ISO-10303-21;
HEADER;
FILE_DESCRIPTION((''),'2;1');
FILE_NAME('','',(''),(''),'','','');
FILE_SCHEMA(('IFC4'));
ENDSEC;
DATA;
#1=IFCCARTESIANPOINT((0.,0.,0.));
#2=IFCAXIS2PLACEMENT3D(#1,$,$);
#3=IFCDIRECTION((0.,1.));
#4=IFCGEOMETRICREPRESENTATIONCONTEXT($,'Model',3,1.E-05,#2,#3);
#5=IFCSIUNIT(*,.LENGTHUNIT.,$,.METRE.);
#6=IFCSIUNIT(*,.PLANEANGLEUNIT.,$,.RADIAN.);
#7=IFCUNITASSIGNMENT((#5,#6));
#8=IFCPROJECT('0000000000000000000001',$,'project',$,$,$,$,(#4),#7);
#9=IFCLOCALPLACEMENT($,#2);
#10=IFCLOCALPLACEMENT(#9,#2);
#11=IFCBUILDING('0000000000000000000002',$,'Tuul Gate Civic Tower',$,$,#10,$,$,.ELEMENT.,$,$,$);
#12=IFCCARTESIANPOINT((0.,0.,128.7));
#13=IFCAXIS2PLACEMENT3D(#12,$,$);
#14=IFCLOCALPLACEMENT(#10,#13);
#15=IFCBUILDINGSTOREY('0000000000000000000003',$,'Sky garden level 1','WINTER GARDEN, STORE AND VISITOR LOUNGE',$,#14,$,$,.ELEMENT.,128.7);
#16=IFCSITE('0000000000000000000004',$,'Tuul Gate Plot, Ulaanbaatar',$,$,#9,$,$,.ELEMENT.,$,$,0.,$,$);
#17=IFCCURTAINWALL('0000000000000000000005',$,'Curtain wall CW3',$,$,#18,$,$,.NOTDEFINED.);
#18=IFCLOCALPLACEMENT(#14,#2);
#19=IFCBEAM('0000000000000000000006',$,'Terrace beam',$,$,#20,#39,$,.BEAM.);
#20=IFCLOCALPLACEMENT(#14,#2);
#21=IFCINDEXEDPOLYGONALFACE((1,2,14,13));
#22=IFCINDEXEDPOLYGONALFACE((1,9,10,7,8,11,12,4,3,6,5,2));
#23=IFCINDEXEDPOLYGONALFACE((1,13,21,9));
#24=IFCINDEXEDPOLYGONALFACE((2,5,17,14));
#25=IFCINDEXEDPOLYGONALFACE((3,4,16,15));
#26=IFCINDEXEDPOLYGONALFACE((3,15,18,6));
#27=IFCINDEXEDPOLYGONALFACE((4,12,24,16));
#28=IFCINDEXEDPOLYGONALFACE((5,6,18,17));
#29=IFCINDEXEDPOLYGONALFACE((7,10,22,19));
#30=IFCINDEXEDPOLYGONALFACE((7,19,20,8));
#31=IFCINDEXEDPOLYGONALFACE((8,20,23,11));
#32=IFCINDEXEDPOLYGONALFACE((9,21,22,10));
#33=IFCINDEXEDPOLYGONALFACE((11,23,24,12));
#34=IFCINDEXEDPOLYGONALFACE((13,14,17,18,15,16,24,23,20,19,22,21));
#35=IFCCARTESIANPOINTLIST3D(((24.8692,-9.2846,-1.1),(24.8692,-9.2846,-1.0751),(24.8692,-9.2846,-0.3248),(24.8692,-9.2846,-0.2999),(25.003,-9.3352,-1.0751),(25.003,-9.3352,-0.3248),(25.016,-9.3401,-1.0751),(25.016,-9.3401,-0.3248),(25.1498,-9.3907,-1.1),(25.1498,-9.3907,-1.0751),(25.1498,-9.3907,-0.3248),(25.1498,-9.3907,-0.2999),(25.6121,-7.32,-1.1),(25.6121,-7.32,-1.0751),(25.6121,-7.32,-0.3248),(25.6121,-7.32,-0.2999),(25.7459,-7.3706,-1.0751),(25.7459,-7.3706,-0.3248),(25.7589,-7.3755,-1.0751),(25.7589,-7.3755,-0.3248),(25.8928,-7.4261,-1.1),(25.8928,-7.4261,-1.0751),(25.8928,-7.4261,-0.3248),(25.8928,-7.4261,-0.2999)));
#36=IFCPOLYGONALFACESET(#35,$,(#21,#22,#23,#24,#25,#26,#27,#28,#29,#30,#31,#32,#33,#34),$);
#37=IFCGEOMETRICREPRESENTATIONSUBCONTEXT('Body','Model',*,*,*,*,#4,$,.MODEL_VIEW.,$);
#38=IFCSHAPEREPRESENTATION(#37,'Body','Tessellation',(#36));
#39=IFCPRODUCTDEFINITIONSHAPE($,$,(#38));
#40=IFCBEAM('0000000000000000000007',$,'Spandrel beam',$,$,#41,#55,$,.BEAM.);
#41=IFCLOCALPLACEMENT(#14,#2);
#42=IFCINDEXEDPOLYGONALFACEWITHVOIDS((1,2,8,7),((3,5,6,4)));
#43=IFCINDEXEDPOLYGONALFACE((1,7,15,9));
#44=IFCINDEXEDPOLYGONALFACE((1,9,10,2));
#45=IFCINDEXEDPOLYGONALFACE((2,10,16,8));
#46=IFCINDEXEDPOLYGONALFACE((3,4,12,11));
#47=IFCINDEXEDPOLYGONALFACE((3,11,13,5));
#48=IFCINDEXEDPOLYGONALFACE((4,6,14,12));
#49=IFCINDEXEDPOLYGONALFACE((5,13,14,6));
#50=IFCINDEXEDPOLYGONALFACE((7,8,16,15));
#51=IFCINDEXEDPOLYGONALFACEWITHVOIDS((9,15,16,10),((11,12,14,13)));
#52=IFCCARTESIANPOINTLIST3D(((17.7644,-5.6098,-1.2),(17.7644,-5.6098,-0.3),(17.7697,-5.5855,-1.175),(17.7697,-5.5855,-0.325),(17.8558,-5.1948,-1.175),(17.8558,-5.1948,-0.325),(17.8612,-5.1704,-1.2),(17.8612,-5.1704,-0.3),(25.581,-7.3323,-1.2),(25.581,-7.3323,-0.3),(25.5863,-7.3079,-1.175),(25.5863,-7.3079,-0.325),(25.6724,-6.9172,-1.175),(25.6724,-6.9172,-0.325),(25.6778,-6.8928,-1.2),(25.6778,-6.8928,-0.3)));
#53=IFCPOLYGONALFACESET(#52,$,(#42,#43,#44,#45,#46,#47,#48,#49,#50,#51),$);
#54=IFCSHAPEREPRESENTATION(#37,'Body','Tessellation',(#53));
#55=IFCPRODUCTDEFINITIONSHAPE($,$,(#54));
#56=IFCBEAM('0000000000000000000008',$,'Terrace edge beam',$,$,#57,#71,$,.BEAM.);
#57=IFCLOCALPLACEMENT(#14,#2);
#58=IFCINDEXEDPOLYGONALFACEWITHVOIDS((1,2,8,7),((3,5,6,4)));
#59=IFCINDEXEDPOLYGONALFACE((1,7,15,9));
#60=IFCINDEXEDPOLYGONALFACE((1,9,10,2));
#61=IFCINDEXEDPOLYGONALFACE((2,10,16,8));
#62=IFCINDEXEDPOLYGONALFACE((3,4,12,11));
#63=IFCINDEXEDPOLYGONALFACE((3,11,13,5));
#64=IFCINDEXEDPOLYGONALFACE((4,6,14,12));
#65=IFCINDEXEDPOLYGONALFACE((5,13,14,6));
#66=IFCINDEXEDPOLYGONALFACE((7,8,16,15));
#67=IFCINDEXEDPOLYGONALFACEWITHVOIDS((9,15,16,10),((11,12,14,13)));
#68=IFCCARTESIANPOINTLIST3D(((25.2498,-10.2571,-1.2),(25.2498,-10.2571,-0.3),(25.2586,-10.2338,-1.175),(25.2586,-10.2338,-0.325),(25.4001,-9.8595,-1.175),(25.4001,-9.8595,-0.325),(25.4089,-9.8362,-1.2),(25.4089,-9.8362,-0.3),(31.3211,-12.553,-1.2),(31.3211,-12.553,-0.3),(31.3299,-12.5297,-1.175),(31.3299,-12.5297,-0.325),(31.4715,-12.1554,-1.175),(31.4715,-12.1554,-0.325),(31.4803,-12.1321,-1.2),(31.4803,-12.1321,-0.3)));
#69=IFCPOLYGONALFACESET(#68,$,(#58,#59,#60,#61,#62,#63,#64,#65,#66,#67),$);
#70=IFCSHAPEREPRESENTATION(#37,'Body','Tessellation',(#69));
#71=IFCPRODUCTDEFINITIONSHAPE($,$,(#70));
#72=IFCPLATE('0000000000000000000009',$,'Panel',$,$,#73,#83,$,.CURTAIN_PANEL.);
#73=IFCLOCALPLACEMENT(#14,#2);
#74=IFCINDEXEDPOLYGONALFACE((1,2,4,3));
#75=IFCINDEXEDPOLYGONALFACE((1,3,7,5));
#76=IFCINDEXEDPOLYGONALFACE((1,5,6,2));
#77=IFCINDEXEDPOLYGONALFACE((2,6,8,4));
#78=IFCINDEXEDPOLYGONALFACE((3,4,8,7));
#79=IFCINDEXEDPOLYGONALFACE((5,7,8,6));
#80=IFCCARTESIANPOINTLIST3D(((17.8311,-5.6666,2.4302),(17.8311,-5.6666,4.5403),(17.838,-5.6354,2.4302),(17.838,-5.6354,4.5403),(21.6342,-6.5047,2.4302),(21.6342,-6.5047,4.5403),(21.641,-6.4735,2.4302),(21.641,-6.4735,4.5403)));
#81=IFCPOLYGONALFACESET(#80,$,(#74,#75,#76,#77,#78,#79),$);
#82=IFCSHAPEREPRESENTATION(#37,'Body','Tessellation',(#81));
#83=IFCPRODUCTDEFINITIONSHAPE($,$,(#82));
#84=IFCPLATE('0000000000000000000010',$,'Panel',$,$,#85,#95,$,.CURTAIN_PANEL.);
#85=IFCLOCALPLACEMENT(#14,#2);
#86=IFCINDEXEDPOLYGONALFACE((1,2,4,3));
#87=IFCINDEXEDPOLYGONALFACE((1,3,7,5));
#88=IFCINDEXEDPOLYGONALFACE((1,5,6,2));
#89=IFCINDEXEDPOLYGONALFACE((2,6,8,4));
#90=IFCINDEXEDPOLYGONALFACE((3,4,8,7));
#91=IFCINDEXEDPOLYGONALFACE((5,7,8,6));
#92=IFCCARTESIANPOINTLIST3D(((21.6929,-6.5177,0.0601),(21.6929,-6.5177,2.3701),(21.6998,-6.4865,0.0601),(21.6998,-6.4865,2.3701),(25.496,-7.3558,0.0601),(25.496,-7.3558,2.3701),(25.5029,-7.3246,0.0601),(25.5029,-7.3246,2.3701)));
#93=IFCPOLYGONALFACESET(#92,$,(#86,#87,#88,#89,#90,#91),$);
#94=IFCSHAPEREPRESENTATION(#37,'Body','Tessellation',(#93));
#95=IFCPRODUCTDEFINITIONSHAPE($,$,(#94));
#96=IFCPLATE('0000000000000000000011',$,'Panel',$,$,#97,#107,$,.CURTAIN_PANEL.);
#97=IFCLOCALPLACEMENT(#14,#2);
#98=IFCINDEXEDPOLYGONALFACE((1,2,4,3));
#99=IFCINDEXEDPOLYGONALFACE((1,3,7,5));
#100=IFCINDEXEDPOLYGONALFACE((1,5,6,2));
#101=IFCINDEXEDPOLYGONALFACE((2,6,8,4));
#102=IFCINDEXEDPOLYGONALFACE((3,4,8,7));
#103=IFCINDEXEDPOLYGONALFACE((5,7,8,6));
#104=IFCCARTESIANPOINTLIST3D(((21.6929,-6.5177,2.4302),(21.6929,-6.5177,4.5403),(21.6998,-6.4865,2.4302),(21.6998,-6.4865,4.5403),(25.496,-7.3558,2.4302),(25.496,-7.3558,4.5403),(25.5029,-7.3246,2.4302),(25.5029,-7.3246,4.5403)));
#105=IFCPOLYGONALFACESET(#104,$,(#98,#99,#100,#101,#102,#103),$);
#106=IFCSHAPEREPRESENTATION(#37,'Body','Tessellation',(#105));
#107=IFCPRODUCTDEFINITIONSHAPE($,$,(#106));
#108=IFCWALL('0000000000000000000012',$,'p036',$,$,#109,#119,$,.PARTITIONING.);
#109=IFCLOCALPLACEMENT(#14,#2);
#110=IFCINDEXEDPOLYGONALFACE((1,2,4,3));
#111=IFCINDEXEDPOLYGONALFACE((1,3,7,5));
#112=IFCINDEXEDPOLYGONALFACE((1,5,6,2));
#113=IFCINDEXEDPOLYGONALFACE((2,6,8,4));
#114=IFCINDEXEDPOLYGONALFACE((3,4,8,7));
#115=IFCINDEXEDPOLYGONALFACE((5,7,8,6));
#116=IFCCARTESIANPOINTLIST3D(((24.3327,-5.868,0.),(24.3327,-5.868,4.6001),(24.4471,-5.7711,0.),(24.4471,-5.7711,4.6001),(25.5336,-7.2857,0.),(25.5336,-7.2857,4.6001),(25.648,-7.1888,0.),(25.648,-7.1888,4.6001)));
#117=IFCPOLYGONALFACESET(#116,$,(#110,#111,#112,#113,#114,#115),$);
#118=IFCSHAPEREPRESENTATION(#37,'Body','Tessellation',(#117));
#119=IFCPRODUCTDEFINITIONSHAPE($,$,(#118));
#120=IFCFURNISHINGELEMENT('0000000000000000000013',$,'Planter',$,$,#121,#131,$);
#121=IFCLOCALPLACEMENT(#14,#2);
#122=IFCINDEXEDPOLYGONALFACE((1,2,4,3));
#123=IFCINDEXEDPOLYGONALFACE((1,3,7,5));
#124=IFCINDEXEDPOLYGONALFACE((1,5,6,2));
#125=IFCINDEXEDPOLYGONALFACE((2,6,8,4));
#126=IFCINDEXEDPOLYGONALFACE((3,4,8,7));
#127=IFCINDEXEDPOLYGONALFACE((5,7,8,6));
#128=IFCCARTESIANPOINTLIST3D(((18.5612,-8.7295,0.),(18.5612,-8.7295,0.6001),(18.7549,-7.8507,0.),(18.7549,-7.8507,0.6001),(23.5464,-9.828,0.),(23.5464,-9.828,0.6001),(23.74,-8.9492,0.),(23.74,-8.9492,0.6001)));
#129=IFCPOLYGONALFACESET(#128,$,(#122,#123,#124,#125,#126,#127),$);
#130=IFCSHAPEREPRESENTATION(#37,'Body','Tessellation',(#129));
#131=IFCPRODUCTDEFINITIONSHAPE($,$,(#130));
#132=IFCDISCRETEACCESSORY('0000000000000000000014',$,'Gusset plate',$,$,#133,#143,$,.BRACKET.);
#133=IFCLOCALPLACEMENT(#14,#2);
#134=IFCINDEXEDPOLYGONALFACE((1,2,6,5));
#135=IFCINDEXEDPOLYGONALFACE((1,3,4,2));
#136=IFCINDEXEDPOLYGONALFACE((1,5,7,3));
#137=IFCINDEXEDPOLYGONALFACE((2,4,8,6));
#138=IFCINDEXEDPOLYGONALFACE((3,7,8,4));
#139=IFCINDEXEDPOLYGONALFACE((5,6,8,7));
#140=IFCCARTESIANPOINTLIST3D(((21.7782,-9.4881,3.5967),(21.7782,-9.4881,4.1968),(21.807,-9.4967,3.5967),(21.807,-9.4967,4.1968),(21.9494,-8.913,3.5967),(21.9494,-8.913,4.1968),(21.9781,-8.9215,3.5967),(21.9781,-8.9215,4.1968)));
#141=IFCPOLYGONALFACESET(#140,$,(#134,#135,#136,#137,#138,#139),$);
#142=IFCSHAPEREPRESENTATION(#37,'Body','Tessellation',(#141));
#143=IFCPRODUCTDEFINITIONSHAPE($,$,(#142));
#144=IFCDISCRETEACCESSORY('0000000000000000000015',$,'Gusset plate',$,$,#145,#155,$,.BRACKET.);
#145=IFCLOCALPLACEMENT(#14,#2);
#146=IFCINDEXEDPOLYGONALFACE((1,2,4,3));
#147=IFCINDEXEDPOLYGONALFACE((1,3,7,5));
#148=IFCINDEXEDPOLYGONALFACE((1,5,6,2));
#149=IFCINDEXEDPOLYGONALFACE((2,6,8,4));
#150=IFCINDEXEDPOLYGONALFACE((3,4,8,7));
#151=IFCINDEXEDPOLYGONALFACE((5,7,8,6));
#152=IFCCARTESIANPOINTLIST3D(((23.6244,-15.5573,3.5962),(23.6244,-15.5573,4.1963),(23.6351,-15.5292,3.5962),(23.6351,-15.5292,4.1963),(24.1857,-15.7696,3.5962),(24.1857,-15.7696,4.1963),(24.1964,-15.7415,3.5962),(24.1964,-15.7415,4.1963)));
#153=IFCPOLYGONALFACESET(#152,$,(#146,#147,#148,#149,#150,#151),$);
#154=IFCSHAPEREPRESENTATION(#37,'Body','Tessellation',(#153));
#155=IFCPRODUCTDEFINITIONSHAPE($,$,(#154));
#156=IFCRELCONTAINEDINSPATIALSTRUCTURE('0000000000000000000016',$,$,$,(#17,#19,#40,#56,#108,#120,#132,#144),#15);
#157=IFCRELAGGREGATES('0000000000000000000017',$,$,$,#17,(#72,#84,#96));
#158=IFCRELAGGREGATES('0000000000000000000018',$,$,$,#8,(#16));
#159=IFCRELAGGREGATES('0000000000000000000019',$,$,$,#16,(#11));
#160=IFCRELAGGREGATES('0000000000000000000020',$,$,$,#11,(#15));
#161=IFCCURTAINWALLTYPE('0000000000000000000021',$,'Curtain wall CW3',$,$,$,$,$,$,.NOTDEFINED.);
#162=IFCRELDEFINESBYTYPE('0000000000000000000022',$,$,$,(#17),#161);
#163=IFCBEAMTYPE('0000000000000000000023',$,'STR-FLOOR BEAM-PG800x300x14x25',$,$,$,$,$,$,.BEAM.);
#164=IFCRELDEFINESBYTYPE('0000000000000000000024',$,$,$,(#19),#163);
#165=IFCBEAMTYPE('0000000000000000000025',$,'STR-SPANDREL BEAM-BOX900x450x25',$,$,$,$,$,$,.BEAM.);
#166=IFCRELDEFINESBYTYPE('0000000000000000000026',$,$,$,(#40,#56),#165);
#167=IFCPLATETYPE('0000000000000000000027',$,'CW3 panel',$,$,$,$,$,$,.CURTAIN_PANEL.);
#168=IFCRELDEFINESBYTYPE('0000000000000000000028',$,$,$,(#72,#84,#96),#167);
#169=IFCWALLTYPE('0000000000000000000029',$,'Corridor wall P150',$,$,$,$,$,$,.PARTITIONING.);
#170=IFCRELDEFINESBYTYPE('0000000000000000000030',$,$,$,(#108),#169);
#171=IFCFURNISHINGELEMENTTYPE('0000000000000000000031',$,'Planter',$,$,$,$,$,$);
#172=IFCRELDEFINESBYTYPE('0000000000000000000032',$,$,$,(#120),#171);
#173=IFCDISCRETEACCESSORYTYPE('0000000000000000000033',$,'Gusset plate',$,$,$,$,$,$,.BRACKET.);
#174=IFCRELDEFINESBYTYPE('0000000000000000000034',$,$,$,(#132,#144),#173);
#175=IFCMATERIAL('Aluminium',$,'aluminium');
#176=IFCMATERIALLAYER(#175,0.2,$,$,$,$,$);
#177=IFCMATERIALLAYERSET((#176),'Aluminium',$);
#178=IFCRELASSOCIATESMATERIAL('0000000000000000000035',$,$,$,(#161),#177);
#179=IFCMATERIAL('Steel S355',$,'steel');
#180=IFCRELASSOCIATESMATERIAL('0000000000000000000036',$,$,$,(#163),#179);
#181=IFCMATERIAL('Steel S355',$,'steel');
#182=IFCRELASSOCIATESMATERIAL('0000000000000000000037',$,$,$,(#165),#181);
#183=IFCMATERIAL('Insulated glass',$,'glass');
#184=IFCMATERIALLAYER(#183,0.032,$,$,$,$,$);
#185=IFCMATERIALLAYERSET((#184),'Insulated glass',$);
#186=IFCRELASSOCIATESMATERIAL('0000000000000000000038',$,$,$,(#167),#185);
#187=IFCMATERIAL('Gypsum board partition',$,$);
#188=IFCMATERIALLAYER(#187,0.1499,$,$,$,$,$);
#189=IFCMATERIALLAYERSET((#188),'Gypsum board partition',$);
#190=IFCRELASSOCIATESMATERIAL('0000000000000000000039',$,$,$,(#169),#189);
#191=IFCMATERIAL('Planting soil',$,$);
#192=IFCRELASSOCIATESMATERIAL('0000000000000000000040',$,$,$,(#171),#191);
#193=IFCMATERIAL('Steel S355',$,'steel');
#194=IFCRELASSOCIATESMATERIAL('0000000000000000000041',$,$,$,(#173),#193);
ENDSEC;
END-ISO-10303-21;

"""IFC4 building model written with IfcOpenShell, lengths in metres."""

from ifc_helpers import new_model, si_unit, direction, frame, frame_2d, origin, origin_2d, place, context, subcontext, project, spatial, rectangle, hollow_rectangle, i_section, extrude, material, layer, layer_set, material_profile, profile_set, type_object, element, aggregate, save


model = new_model("IFC4")

# Units and contexts
model_context = context("Model", 3, precision=1e-05, world=origin(), true_north=direction((0.0, 1.0)))
body_context = subcontext(model_context, "Body", "Model", "MODEL_VIEW")
ifc_project = project(units=[si_unit("LENGTHUNIT", "METRE"), si_unit("PLANEANGLEUNIT", "RADIAN")], contexts=[model_context])

# Site, building, storey
site_placement = place(None, origin())
site = spatial("IfcSite", under=ifc_project, at=site_placement, Name="Tuul Gate Plot, Ulaanbaatar", CompositionType="ELEMENT", RefElevation=0.0)
building_placement = place(site_placement, origin())
building = spatial("IfcBuilding", under=site, at=building_placement, Name="Tuul Gate Civic Tower", CompositionType="ELEMENT")
storey_placement = place(building_placement, frame((0.0, 0.0, 128.7)))
storey = spatial("IfcBuildingStorey", under=building, at=storey_placement, Name="Sky garden level 1", Description="WINTER GARDEN, STORE AND VISITOR LOUNGE", CompositionType="ELEMENT", Elevation=128.7)

# Curtain wall
ifc_material_1 = material(Name="Aluminium", Category="aluminium")
ifc_layer_1 = layer(ifc_material_1, 0.2)
ifc_layer_set_1 = layer_set([ifc_layer_1], Name="Aluminium")
curtain_wall_type = type_object("IfcCurtainWallType", Name="Curtain wall CW3", PredefinedType="NOTDEFINED", material=ifc_layer_set_1)
curtain_wall_1_placement = place(storey_placement, origin())
curtain_wall_1 = element("IfcCurtainWall", 1, at=curtain_wall_1_placement, inside=storey, type_object=curtain_wall_type, Name="Curtain wall CW3", PredefinedType="NOTDEFINED")

# Beams
ifc_material_2 = material(Name="Steel S355", Category="steel")
ifc_material_profile_1 = material_profile(ifc_material_2, i_section(OverallWidth=0.3, OverallDepth=0.8, WebThickness=0.0139, FlangeThickness=0.0249, at=origin_2d()), Name="PG800x300x14x25")
ifc_profile_set_1 = profile_set([ifc_material_profile_1], Name="Steel S355")
beam_type_1 = type_object("IfcBeamType", Name="STR-FLOOR BEAM-PG800x300x14x25", PredefinedType="BEAM", material=ifc_profile_set_1)
beam_1_placement = place(storey_placement, frame((25.0095, -9.3376, -0.7), z_axis=(0.353708, 0.935356, 0.0), x_axis=(-0.935356, 0.353708, 0.0)))
element("IfcBeam", 2, at=beam_1_placement, inside=storey, type_object=beam_type_1, Name="Terrace beam", PredefinedType="BEAM", context=body_context, shape_type="SweptSolid", body=[
    extrude(i_section(OverallWidth=0.3, OverallDepth=0.8, WebThickness=0.0139, FlangeThickness=0.0249, at=origin_2d()), origin(), (0.0, 0.0, 1.0), 2.1003),
])
ifc_material_3 = material(Name="Steel S355", Category="steel")
ifc_material_profile_2 = material_profile(ifc_material_3, hollow_rectangle(XDim=0.45, YDim=0.8999, WallThickness=0.0249, at=origin_2d()), Name="BOX900x450x25")
ifc_profile_set_2 = profile_set([ifc_material_profile_2], Name="Steel S355")
beam_type_2 = type_object("IfcBeamType", Name="STR-SPANDREL BEAM-BOX900x450x25", PredefinedType="BEAM", material=ifc_profile_set_2)
beam_2_placement = place(storey_placement, frame((25.6294, -7.1125, -0.75), z_axis=(-0.976572, 0.215189, 0.0), x_axis=(-0.215189, -0.976572, 0.0)))
element("IfcBeam", 3, at=beam_2_placement, inside=storey, type_object=beam_type_2, Name="Spandrel beam", PredefinedType="BEAM", context=body_context, shape_type="SweptSolid", body=[
    extrude(hollow_rectangle(XDim=0.45, YDim=0.8999, WallThickness=0.0249, at=origin_2d()), origin(), (0.0, 0.0, 1.0), 8.0042),
])
beam_3_placement = place(storey_placement, frame((25.3293, -10.0466, -0.75), z_axis=(0.935355, -0.353711, 0.0), x_axis=(0.353711, 0.935355, 0.0)))
element("IfcBeam", 4, at=beam_3_placement, inside=storey, type_object=beam_type_2, Name="Terrace edge beam", PredefinedType="BEAM", context=body_context, shape_type="SweptSolid", body=[
    extrude(hollow_rectangle(XDim=0.45, YDim=0.8999, WallThickness=0.0249, at=origin_2d()), origin(), (0.0, 0.0, 1.0), 6.491),
])

# Plates
ifc_material_4 = material(Name="Insulated glass", Category="glass")
ifc_layer_2 = layer(ifc_material_4, 0.032)
ifc_layer_set_2 = layer_set([ifc_layer_2], Name="Insulated glass")
plate_type = type_object("IfcPlateType", Name="CW3 panel", PredefinedType="CURTAIN_PANEL", material=ifc_layer_set_2)
plate_1_placement = place(storey_placement, frame((19.7361, -6.0701, 2.4302), z_axis=(0.0, 0.0, 1.0), x_axis=(0.976566, -0.215216, 0.0)))
plate_1 = element("IfcPlate", 5, at=plate_1_placement, type_object=plate_type, Name="Panel", PredefinedType="CURTAIN_PANEL", context=body_context, shape_type="SweptSolid", body=[
    extrude(rectangle(XDim=3.8943, YDim=0.032, at=origin_2d()), origin(), (0.0, 0.0, 1.0), 2.1101),
])
plate_2_placement = place(storey_placement, frame((23.5979, -6.9211, 0.0601), z_axis=(0.0, 0.0, 1.0), x_axis=(0.976566, -0.215216, 0.0)))
plate_2 = element("IfcPlate", 6, at=plate_2_placement, type_object=plate_type, Name="Panel", PredefinedType="CURTAIN_PANEL", context=body_context, shape_type="SweptSolid", body=[
    extrude(rectangle(XDim=3.8943, YDim=0.032, at=origin_2d()), origin(), (0.0, 0.0, 1.0), 2.3101),
])
plate_3_placement = place(storey_placement, frame((23.5979, -6.9211, 2.4302), z_axis=(0.0, 0.0, 1.0), x_axis=(0.976566, -0.215216, 0.0)))
plate_3 = element("IfcPlate", 7, at=plate_3_placement, type_object=plate_type, Name="Panel", PredefinedType="CURTAIN_PANEL", context=body_context, shape_type="SweptSolid", body=[
    extrude(rectangle(XDim=3.8943, YDim=0.032, at=origin_2d()), origin(), (0.0, 0.0, 1.0), 2.1101),
])
aggregate(curtain_wall_1, [plate_1, plate_2, plate_3])

# Wall
ifc_material_5 = material(Name="Gypsum board partition")
ifc_layer_3 = layer(ifc_material_5, 0.1499)
ifc_layer_set_3 = layer_set([ifc_layer_3], Name="Gypsum board partition")
wall_type = type_object("IfcWallType", Name="Corridor wall P150", PredefinedType="PARTITIONING", material=ifc_layer_set_3)
wall_placement = place(storey_placement, frame((24.3899, -5.8196, 0.0), z_axis=(0.0, 0.0, 1.0), x_axis=(0.646354, -0.763037, 0.0)))
element("IfcWall", 8, at=wall_placement, inside=storey, type_object=wall_type, Name="p036", PredefinedType="PARTITIONING", context=body_context, shape_type="SweptSolid", body=[
    extrude(rectangle(XDim=1.8579, YDim=0.1499, at=frame_2d((0.929, 0.0))), origin(), (0.0, 0.0, 1.0), 4.6001),
])

# Furnishing element
ifc_material_6 = material(Name="Planting soil")
furnishing_element_type = type_object("IfcFurnishingElementType", Name="Planter", material=ifc_material_6)
furnishing_placement = place(storey_placement, frame((21.1506, -8.8394, 0.0), z_axis=(0.0, 0.0, 1.0), x_axis=(0.976571, -0.215195, 0.0)))
element("IfcFurnishingElement", 9, at=furnishing_placement, inside=storey, type_object=furnishing_element_type, Name="Planter", context=body_context, shape_type="SweptSolid", body=[
    extrude(rectangle(XDim=5.1047, YDim=0.8999, at=origin_2d()), origin(), (0.0, 0.0, 1.0), 0.6001),
])

# Discrete accessories
ifc_material_7 = material(Name="Steel S355", Category="steel")
discrete_accessory_type = type_object("IfcDiscreteAccessoryType", Name="Gusset plate", PredefinedType="BRACKET", material=ifc_material_7)
for number, where, z_axis, x_axis, name in (
    (10, (21.8782, -9.2048, 3.5967), (0.0, 0.0, 1.0), (0.285212, 0.958464, 0.0), "Gusset plate"),
    (11, (23.9104, -15.6494, 3.5962), (0.0, 0.0, 1.0), (-0.935368, 0.353677, 0.0), "Gusset plate"),
):
    element("IfcDiscreteAccessory", number, at=place(storey_placement, frame(where, z_axis=z_axis, x_axis=x_axis)), inside=storey, type_object=discrete_accessory_type, Name=name, PredefinedType="BRACKET", context=body_context, shape_type="SweptSolid", body=[
        extrude(rectangle(XDim=0.6001, YDim=0.03, at=origin_2d()), origin(), (0.0, 0.0, 1.0), 0.6001),
    ])

save(model, "model.ifc")
